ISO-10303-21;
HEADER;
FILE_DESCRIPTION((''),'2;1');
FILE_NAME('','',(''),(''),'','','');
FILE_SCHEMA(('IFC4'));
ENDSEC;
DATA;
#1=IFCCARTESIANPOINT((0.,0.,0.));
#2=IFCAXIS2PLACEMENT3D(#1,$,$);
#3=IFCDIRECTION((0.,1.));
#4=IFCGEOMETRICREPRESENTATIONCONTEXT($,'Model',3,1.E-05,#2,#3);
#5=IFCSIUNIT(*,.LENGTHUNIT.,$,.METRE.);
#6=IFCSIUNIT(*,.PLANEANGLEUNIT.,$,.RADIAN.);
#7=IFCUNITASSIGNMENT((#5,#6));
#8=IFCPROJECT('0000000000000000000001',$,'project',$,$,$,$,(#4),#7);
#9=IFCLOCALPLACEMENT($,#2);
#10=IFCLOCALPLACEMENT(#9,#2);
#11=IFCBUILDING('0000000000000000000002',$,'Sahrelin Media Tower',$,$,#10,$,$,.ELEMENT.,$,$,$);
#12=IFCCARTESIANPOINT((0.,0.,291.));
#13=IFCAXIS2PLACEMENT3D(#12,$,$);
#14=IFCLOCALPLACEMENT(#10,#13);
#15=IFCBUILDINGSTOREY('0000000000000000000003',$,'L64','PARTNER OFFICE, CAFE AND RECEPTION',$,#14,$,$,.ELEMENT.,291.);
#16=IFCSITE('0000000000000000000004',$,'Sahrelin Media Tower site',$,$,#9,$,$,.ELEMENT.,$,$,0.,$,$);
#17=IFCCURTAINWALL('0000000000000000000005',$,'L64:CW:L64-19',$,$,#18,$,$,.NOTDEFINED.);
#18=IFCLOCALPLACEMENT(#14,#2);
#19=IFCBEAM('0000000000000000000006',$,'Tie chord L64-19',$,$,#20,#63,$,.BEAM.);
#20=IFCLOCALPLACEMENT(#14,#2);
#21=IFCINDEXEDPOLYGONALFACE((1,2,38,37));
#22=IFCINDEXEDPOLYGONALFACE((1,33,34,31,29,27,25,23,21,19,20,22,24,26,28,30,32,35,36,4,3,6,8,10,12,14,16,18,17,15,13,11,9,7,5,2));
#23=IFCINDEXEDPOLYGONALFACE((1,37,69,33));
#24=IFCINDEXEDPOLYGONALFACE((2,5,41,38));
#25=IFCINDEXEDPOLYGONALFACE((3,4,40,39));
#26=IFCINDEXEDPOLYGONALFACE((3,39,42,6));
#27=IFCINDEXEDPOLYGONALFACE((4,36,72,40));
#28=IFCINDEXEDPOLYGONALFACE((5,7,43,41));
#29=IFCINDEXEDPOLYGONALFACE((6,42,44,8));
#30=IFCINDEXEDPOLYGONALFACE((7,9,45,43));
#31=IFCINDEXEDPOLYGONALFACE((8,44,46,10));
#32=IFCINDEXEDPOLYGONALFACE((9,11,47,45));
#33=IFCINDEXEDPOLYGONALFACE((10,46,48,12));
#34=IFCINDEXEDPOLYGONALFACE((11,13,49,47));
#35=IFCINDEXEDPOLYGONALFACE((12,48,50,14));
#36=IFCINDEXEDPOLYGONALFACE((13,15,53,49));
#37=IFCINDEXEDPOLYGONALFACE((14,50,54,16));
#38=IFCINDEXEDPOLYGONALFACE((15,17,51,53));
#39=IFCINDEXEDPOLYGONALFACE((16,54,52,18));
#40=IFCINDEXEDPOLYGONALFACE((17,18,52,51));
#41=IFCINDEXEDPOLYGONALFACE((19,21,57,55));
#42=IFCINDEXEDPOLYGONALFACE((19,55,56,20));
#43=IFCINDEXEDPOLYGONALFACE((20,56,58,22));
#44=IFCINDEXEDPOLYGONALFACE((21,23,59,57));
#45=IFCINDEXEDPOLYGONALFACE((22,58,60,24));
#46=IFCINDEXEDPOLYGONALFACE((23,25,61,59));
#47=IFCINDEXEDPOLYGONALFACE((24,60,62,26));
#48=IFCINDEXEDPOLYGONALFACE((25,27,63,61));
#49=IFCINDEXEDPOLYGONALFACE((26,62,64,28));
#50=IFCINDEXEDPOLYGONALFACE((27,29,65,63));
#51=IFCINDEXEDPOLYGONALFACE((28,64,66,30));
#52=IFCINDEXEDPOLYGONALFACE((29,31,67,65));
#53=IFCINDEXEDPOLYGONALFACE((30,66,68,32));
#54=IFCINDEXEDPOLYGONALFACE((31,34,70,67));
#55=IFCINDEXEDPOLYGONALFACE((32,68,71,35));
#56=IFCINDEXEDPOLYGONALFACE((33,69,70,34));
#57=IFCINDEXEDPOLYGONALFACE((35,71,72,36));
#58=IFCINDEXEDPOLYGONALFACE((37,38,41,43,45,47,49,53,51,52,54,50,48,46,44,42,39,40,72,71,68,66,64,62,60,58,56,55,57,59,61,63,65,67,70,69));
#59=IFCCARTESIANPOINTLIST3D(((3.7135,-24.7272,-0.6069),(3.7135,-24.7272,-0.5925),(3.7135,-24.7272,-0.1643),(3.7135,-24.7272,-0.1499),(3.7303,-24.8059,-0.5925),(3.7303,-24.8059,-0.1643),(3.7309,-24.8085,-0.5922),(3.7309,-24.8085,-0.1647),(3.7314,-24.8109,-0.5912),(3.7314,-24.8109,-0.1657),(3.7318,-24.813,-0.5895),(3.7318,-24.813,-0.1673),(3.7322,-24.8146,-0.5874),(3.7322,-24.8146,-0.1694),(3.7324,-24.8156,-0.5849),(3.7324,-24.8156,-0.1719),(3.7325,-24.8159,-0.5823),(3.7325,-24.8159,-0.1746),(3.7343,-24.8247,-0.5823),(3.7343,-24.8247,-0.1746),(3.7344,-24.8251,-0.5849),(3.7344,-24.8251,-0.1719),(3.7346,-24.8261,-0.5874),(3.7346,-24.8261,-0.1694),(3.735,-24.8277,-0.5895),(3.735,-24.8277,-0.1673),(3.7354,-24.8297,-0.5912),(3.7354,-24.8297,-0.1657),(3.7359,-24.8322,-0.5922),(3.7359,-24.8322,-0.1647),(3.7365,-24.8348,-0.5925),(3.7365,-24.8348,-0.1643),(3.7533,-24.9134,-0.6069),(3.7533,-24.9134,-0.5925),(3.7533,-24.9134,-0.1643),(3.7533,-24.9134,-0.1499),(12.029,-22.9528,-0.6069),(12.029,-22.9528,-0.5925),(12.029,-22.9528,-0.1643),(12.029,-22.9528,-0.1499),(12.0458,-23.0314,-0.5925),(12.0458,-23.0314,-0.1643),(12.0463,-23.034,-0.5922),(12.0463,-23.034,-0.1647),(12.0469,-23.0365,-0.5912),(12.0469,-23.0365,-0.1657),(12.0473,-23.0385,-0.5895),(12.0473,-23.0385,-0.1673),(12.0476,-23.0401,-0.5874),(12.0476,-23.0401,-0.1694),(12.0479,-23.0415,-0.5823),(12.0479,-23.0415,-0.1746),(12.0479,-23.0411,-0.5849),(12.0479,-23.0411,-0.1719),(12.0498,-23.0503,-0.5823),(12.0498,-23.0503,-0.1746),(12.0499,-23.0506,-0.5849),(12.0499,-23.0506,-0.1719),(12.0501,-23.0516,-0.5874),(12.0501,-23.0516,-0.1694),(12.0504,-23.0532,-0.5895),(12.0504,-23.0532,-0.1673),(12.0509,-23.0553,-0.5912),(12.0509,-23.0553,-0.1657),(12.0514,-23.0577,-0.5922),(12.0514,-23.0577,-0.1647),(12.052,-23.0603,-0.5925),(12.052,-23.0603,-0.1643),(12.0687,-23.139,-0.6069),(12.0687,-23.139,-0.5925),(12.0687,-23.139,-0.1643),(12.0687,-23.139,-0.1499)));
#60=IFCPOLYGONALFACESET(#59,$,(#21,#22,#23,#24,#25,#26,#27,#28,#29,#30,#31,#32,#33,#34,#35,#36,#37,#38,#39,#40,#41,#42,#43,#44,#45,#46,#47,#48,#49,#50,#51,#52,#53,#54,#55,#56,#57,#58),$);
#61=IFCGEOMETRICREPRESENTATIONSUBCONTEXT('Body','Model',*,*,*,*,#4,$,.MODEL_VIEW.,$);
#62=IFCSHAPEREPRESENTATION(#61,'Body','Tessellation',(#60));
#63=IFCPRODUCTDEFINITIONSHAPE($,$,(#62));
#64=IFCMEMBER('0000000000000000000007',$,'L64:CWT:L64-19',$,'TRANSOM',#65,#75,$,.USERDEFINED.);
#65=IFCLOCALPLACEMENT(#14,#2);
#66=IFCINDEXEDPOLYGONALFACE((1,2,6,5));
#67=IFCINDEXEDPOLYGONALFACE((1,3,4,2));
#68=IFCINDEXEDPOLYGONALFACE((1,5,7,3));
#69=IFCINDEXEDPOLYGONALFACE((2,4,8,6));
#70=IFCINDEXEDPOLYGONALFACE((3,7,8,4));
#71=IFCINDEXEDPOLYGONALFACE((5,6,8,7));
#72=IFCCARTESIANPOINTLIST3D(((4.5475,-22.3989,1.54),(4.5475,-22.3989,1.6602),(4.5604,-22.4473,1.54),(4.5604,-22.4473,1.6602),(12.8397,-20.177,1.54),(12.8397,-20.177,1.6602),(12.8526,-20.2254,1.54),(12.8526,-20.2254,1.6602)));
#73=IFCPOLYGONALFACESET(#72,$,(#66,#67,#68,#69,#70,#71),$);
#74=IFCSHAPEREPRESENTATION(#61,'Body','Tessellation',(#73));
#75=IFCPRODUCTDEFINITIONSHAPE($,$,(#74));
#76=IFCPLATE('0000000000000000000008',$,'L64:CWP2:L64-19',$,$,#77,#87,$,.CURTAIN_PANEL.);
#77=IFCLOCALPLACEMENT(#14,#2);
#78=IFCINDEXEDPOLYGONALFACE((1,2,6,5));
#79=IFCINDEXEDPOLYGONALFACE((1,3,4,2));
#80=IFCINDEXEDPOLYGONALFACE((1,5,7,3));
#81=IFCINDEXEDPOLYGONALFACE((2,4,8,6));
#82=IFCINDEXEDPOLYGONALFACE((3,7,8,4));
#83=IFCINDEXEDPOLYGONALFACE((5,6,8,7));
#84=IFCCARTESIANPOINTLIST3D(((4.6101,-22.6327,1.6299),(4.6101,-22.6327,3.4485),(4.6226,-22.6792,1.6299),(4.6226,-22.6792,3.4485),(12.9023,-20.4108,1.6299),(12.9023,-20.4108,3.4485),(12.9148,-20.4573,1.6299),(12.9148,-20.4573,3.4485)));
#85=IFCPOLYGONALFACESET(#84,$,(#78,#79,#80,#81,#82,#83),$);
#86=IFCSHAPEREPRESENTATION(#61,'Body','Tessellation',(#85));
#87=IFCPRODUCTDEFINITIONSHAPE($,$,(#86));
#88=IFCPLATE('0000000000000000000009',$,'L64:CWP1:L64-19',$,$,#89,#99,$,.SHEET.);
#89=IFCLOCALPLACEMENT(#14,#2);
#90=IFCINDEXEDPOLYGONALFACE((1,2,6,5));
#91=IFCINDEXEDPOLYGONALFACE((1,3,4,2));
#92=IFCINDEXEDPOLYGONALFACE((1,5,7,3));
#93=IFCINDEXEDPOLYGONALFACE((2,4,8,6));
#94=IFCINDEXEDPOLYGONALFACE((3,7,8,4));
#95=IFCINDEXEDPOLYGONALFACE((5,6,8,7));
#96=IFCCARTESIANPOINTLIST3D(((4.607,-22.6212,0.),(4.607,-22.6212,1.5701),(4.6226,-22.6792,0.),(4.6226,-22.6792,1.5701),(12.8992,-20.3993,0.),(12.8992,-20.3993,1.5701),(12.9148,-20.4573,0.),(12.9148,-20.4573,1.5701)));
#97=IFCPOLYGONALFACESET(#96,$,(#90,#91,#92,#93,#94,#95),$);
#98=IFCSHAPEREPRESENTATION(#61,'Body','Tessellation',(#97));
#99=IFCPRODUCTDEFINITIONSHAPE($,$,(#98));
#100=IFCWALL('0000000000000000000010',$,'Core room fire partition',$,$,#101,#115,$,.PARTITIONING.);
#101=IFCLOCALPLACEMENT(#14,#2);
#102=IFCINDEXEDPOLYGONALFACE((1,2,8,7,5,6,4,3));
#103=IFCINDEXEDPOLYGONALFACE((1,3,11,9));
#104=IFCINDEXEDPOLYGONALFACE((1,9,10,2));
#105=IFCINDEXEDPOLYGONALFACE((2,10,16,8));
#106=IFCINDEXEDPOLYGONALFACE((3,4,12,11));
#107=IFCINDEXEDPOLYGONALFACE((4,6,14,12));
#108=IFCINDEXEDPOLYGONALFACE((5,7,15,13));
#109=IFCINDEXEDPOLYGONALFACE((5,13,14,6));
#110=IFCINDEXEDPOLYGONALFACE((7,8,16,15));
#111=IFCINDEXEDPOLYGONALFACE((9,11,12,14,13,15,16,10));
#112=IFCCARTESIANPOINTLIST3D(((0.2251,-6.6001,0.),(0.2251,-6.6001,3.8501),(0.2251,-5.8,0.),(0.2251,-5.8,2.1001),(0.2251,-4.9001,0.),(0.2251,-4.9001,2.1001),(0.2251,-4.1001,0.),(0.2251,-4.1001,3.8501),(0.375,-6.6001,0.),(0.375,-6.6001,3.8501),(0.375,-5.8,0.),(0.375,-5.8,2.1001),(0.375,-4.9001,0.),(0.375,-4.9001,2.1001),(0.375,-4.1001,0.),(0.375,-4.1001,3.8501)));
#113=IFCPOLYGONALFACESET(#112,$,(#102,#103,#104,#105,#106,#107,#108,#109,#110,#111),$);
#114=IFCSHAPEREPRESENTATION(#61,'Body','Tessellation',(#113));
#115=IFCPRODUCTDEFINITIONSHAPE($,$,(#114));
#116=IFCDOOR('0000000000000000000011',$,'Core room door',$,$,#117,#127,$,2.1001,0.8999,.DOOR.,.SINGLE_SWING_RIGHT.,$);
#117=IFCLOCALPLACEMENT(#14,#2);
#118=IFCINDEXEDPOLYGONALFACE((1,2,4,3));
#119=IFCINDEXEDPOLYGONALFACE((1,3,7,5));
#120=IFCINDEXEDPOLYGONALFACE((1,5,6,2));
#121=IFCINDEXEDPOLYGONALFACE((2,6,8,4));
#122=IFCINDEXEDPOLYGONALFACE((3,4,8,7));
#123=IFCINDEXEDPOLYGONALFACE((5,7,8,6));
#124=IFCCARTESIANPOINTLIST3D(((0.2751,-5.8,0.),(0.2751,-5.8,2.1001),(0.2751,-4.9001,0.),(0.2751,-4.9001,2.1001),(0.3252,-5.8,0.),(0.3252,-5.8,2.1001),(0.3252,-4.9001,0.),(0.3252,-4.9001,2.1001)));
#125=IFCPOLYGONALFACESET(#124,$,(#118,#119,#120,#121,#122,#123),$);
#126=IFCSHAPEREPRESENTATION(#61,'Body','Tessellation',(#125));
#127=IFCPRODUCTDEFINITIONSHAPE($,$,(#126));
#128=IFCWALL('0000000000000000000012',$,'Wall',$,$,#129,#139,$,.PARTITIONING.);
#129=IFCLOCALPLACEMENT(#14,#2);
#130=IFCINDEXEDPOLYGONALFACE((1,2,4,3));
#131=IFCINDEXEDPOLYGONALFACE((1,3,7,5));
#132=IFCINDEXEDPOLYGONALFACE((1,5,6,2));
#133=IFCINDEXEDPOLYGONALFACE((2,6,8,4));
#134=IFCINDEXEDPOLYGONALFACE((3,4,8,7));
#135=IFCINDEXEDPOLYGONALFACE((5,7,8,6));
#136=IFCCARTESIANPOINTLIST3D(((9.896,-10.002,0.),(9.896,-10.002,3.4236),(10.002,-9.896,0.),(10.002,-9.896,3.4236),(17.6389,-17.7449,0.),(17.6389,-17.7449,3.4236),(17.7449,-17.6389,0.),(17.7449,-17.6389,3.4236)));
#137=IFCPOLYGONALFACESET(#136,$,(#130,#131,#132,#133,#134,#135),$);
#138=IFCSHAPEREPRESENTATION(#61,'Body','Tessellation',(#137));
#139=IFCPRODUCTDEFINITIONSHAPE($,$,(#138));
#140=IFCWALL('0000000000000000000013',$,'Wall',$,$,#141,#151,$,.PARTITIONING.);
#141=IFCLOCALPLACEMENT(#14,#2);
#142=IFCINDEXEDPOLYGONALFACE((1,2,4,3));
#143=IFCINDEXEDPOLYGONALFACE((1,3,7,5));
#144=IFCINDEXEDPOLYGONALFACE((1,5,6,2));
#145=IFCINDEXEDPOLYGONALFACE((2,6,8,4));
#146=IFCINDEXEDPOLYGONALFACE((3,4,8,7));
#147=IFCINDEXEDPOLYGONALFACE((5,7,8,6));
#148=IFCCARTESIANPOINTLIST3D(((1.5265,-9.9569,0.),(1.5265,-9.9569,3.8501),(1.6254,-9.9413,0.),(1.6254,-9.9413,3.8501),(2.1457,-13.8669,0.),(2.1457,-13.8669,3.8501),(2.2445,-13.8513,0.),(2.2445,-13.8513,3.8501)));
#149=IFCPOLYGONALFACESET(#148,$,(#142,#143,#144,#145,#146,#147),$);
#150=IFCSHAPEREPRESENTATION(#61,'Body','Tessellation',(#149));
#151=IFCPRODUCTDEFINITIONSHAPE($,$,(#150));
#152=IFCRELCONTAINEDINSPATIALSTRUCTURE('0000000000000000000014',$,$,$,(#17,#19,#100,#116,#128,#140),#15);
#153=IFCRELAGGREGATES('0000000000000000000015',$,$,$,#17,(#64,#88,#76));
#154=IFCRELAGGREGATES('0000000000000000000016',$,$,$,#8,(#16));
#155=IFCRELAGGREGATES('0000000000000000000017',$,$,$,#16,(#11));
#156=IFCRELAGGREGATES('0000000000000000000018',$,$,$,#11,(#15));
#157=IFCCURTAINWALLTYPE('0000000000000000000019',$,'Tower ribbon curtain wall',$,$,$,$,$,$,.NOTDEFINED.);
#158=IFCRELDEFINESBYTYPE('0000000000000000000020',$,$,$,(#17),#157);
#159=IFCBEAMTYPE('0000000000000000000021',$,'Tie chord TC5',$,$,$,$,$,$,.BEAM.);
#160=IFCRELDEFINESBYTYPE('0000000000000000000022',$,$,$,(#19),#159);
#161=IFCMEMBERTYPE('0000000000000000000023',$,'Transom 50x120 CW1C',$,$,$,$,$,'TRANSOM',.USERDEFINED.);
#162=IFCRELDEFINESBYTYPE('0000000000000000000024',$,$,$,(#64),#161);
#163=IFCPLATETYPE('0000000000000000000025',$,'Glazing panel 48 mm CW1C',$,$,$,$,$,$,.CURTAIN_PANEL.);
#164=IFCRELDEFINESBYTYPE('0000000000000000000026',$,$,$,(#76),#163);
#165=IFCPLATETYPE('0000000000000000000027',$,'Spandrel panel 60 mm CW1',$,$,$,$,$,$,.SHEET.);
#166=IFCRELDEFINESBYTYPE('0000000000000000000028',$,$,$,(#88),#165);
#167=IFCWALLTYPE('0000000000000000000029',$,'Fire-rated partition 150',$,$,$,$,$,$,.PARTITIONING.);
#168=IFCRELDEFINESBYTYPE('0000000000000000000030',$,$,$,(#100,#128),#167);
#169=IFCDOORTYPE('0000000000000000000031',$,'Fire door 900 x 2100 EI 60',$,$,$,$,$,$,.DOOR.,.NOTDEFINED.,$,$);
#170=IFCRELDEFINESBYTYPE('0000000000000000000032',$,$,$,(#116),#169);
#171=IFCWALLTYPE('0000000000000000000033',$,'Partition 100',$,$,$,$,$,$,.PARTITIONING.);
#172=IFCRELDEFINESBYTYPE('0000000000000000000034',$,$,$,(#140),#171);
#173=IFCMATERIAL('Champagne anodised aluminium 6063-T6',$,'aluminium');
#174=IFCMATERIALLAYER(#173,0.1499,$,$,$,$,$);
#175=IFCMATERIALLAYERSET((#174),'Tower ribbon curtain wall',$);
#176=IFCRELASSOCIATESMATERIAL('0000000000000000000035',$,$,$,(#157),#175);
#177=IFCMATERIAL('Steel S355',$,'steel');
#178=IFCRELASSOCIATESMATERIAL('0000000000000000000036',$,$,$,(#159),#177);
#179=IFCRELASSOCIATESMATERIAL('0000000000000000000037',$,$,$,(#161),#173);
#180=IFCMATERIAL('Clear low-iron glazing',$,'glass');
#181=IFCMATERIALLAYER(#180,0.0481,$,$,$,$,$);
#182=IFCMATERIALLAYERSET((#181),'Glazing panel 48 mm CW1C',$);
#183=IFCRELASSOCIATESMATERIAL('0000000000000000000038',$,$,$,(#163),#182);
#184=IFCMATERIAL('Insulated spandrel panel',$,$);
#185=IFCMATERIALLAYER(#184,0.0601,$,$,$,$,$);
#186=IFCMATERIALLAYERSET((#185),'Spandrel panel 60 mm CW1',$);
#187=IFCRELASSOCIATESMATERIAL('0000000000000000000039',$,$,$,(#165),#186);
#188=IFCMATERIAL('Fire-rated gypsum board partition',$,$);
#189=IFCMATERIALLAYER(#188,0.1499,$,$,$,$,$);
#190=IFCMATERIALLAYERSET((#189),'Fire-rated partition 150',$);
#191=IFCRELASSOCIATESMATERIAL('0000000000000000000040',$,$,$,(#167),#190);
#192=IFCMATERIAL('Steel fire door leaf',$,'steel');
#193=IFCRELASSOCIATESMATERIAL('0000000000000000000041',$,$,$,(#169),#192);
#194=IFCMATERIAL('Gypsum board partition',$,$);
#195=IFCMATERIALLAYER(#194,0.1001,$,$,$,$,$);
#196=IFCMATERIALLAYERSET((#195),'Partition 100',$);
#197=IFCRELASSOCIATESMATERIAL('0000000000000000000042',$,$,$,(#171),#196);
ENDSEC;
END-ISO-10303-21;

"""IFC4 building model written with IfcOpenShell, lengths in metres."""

from ifc_helpers import new_model, si_unit, direction, frame, frame_2d, origin, origin_2d, place, context, subcontext, project, spatial, polyline, rectangle, i_section, outline, extrude, material, layer, layer_set, material_profile, profile_set, type_object, element, fill, aggregate, save


model = new_model("IFC4")

# Units and contexts
model_context = context("Model", 3, precision=1e-05, world=origin(), true_north=direction((0.0, 1.0)))
body_context = subcontext(model_context, "Body", "Model", "MODEL_VIEW")
ifc_project = project(units=[si_unit("LENGTHUNIT", "METRE"), si_unit("PLANEANGLEUNIT", "RADIAN")], contexts=[model_context])

# Site, building, storey
site_placement = place(None, origin())
site = spatial("IfcSite", under=ifc_project, at=site_placement, Name="Sahrelin Media Tower site", CompositionType="ELEMENT", RefElevation=0.0)
building_placement = place(site_placement, origin())
building = spatial("IfcBuilding", under=site, at=building_placement, Name="Sahrelin Media Tower", CompositionType="ELEMENT")
storey_placement = place(building_placement, frame((0.0, 0.0, 291.0)))
storey = spatial("IfcBuildingStorey", under=building, at=storey_placement, Name="L64", Description="PARTNER OFFICE, CAFE AND RECEPTION", CompositionType="ELEMENT", Elevation=291.0)

# Shared definitions
ifc_material_1 = material(Name="Steel S355", Category="steel")

# Curtain wall
ifc_material_2 = material(Name="Champagne anodised aluminium 6063-T6", Category="aluminium")
ifc_layer_1 = layer(ifc_material_2, 0.1499)
ifc_layer_set_1 = layer_set([ifc_layer_1], Name="Tower ribbon curtain wall")
curtain_wall_type = type_object("IfcCurtainWallType", Name="Tower ribbon curtain wall", PredefinedType="NOTDEFINED", material=ifc_layer_set_1)
curtain_wall_1_placement = place(storey_placement, frame((8.7634, -21.5488, 0.0), z_axis=(0.0, 0.0, 1.0), x_axis=(1.0, 0.0, 0.0)))
curtain_wall_1 = element("IfcCurtainWall", 1, at=curtain_wall_1_placement, inside=storey, type_object=curtain_wall_type, Name="L64:CW:L64-19", PredefinedType="NOTDEFINED")

# Beam
ifc_material_profile_1 = material_profile(ifc_material_1, i_section(OverallWidth=0.1904, OverallDepth=0.457, WebThickness=0.009, FlangeThickness=0.0144, FilletRadius=0.0103, at=origin_2d()), Name="UB 457x191x74")
ifc_profile_set_1 = profile_set([ifc_material_profile_1], Name="Steel S355")
beam_type_1 = type_object("IfcBeamType", Name="Tie chord TC5", PredefinedType="BEAM", material=ifc_profile_set_1)
beam_1_placement = place(storey_placement, frame((3.7334, -24.8203, -0.3784), z_axis=(0.977982, 0.20869, 0.0), x_axis=(-0.20869, 0.977982, 0.0)))
element("IfcBeam", 2, at=beam_1_placement, inside=storey, type_object=beam_type_1, Name="Tie chord L64-19", PredefinedType="BEAM", context=body_context, shape_type="SweptSolid", body=[
    extrude(i_section(OverallWidth=0.1904, OverallDepth=0.457, WebThickness=0.009, FlangeThickness=0.0144, FilletRadius=0.0103, at=origin_2d()), origin(), (0.0, 0.0, 1.0), 8.5027),
])

# Member
ifc_material_profile_2 = material_profile(ifc_material_2, rectangle(XDim=0.05, YDim=0.1201, at=origin_2d()), Name="Transom 50x120")
ifc_profile_set_2 = profile_set([ifc_material_profile_2], Name="Champagne anodised aluminium 6063-T6")
member_type_1 = type_object("IfcMemberType", Name="Transom 50x120 CW1C", ElementType="TRANSOM", PredefinedType="USERDEFINED", material=ifc_profile_set_2)
member_1_placement = place(storey_placement, frame((4.554, -22.4231, 1.6001), z_axis=(0.965925, 0.258822, 0.0), x_axis=(-0.258822, 0.965925, 0.0)))
member_1 = element("IfcMember", 3, at=member_1_placement, type_object=member_type_1, Name="L64:CWT:L64-19", ObjectType="TRANSOM", PredefinedType="USERDEFINED", context=body_context, shape_type="SweptSolid", body=[
    extrude(rectangle(XDim=0.05, YDim=0.1201, at=origin_2d()), origin(), (0.0, 0.0, 1.0), 8.5847),
])

# Plates
ifc_material_3 = material(Name="Clear low-iron glazing", Category="glass")
ifc_layer_2 = layer(ifc_material_3, 0.0481)
ifc_layer_set_2 = layer_set([ifc_layer_2], Name="Glazing panel 48 mm CW1C")
plate_type_1 = type_object("IfcPlateType", Name="Glazing panel 48 mm CW1C", PredefinedType="CURTAIN_PANEL", material=ifc_layer_set_2)
plate_1_placement = place(storey_placement, frame((4.6226, -22.6792, 1.6299), z_axis=(0.258822, -0.965925, 0.0), x_axis=(0.965925, 0.258822, 0.0)))
plate_1 = element("IfcPlate", 4, at=plate_1_placement, type_object=plate_type_1, Name="L64:CWP2:L64-19", PredefinedType="CURTAIN_PANEL", context=body_context, shape_type="SweptSolid", body=[
    extrude(outline(polyline([(0.0, 0.0), (8.5847, 0.0), (8.5847, 1.8186), (0.0, 1.8186), (0.0, 0.0)])), origin(), (0.0, 0.0, -1.0), 0.0481),
])
ifc_material_4 = material(Name="Insulated spandrel panel")
ifc_layer_3 = layer(ifc_material_4, 0.0601)
ifc_layer_set_3 = layer_set([ifc_layer_3], Name="Spandrel panel 60 mm CW1")
plate_type_2 = type_object("IfcPlateType", Name="Spandrel panel 60 mm CW1", PredefinedType="SHEET", material=ifc_layer_set_3)
plate_2_placement = place(storey_placement, frame((4.6226, -22.6792, 0.0), z_axis=(0.258822, -0.965925, 0.0), x_axis=(0.965925, 0.258822, 0.0)))
plate_2 = element("IfcPlate", 5, at=plate_2_placement, type_object=plate_type_2, Name="L64:CWP1:L64-19", PredefinedType="SHEET", context=body_context, shape_type="SweptSolid", body=[
    extrude(outline(polyline([(0.0, 0.0), (8.5847, 0.0), (8.5847, 1.5701), (0.0, 1.5701), (0.0, 0.0)])), origin(), (0.0, 0.0, -1.0), 0.0601),
])
aggregate(curtain_wall_1, [member_1, plate_2, plate_1])

# Wall, opening, door
ifc_material_5 = material(Name="Fire-rated gypsum board partition")
ifc_layer_4 = layer(ifc_material_5, 0.1499)
ifc_layer_set_4 = layer_set([ifc_layer_4], Name="Fire-rated partition 150")
wall_type_1 = type_object("IfcWallType", Name="Fire-rated partition 150", PredefinedType="PARTITIONING", material=ifc_layer_set_4)
wall_1_placement = place(storey_placement, frame((0.3, -6.6001, 0.0), z_axis=(0.0, 0.0, 1.0), x_axis=(0.0, 1.0, 0.0)))
wall_1 = element("IfcWall", 6, at=wall_1_placement, inside=storey, type_object=wall_type_1, Name="Core room fire partition", PredefinedType="PARTITIONING", context=body_context, shape_type="SweptSolid", body=[
    extrude(rectangle(XDim=2.5, YDim=0.1499, at=frame_2d((1.25, 0.0))), origin(), (0.0, 0.0, 1.0), 3.8501),
])
opening_placement = place(wall_1_placement, frame((0.8, 0.0, 0.0)))
opening = element("IfcOpeningElement", 7, at=opening_placement, cuts=wall_1, PredefinedType="OPENING", context=body_context, shape_type="SweptSolid", body=[
    extrude(rectangle(XDim=0.8999, YDim=2.1001, at=frame_2d((0.45, 1.05))), frame((0.0, 0.075, 0.0), z_axis=(0.0, -1.0, 0.0), x_axis=(1.0, 0.0, 0.0)), (0.0, 0.0, 1.0), 0.1499),
])
ifc_material_6 = material(Name="Steel fire door leaf", Category="steel")
door_type = type_object("IfcDoorType", Name="Fire door 900 x 2100 EI 60", OperationType="NOTDEFINED", PredefinedType="DOOR", material=ifc_material_6)
door_placement = place(opening_placement, origin())
door = element("IfcDoor", 8, at=door_placement, inside=storey, type_object=door_type, Name="Core room door", OperationType="SINGLE_SWING_RIGHT", OverallHeight=2.1001, OverallWidth=0.8999, PredefinedType="DOOR", context=body_context, shape_type="SweptSolid", body=[
    extrude(rectangle(XDim=0.8999, YDim=2.1001, at=frame_2d((0.45, 1.05))), frame((0.0, 0.0249, 0.0), z_axis=(0.0, -1.0, 0.0), x_axis=(1.0, 0.0, 0.0)), (0.0, 0.0, 1.0), 0.05),
])
fill(opening, door)

# Walls
wall_2_placement = place(storey_placement, frame((9.949, -9.949, 0.0), z_axis=(0.0, 0.0, 1.0), x_axis=(0.707107, -0.707107, 0.0)))
element("IfcWall", 9, at=wall_2_placement, inside=storey, type_object=wall_type_1, Name="Wall", PredefinedType="PARTITIONING", context=body_context, shape_type="SweptSolid", body=[
    extrude(rectangle(XDim=10.9502, YDim=0.1499, at=frame_2d((5.4751, 0.0))), origin(), (0.0, 0.0, 1.0), 3.4236),
])
ifc_material_7 = material(Name="Gypsum board partition")
ifc_layer_5 = layer(ifc_material_7, 0.1001)
ifc_layer_set_5 = layer_set([ifc_layer_5], Name="Partition 100")
wall_type_2 = type_object("IfcWallType", Name="Partition 100", PredefinedType="PARTITIONING", material=ifc_layer_set_5)
wall_3_placement = place(storey_placement, frame((1.5759, -9.949, 0.0), z_axis=(0.0, 0.0, 1.0), x_axis=(0.156403, -0.987693, 0.0)))
element("IfcWall", 10, at=wall_3_placement, inside=storey, type_object=wall_type_2, Name="Wall", PredefinedType="PARTITIONING", context=body_context, shape_type="SweptSolid", body=[
    extrude(rectangle(XDim=3.9587, YDim=0.1001, at=frame_2d((1.9795, 0.0))), origin(), (0.0, 0.0, 1.0), 3.8501),
])

save(model, "model.ifc")
